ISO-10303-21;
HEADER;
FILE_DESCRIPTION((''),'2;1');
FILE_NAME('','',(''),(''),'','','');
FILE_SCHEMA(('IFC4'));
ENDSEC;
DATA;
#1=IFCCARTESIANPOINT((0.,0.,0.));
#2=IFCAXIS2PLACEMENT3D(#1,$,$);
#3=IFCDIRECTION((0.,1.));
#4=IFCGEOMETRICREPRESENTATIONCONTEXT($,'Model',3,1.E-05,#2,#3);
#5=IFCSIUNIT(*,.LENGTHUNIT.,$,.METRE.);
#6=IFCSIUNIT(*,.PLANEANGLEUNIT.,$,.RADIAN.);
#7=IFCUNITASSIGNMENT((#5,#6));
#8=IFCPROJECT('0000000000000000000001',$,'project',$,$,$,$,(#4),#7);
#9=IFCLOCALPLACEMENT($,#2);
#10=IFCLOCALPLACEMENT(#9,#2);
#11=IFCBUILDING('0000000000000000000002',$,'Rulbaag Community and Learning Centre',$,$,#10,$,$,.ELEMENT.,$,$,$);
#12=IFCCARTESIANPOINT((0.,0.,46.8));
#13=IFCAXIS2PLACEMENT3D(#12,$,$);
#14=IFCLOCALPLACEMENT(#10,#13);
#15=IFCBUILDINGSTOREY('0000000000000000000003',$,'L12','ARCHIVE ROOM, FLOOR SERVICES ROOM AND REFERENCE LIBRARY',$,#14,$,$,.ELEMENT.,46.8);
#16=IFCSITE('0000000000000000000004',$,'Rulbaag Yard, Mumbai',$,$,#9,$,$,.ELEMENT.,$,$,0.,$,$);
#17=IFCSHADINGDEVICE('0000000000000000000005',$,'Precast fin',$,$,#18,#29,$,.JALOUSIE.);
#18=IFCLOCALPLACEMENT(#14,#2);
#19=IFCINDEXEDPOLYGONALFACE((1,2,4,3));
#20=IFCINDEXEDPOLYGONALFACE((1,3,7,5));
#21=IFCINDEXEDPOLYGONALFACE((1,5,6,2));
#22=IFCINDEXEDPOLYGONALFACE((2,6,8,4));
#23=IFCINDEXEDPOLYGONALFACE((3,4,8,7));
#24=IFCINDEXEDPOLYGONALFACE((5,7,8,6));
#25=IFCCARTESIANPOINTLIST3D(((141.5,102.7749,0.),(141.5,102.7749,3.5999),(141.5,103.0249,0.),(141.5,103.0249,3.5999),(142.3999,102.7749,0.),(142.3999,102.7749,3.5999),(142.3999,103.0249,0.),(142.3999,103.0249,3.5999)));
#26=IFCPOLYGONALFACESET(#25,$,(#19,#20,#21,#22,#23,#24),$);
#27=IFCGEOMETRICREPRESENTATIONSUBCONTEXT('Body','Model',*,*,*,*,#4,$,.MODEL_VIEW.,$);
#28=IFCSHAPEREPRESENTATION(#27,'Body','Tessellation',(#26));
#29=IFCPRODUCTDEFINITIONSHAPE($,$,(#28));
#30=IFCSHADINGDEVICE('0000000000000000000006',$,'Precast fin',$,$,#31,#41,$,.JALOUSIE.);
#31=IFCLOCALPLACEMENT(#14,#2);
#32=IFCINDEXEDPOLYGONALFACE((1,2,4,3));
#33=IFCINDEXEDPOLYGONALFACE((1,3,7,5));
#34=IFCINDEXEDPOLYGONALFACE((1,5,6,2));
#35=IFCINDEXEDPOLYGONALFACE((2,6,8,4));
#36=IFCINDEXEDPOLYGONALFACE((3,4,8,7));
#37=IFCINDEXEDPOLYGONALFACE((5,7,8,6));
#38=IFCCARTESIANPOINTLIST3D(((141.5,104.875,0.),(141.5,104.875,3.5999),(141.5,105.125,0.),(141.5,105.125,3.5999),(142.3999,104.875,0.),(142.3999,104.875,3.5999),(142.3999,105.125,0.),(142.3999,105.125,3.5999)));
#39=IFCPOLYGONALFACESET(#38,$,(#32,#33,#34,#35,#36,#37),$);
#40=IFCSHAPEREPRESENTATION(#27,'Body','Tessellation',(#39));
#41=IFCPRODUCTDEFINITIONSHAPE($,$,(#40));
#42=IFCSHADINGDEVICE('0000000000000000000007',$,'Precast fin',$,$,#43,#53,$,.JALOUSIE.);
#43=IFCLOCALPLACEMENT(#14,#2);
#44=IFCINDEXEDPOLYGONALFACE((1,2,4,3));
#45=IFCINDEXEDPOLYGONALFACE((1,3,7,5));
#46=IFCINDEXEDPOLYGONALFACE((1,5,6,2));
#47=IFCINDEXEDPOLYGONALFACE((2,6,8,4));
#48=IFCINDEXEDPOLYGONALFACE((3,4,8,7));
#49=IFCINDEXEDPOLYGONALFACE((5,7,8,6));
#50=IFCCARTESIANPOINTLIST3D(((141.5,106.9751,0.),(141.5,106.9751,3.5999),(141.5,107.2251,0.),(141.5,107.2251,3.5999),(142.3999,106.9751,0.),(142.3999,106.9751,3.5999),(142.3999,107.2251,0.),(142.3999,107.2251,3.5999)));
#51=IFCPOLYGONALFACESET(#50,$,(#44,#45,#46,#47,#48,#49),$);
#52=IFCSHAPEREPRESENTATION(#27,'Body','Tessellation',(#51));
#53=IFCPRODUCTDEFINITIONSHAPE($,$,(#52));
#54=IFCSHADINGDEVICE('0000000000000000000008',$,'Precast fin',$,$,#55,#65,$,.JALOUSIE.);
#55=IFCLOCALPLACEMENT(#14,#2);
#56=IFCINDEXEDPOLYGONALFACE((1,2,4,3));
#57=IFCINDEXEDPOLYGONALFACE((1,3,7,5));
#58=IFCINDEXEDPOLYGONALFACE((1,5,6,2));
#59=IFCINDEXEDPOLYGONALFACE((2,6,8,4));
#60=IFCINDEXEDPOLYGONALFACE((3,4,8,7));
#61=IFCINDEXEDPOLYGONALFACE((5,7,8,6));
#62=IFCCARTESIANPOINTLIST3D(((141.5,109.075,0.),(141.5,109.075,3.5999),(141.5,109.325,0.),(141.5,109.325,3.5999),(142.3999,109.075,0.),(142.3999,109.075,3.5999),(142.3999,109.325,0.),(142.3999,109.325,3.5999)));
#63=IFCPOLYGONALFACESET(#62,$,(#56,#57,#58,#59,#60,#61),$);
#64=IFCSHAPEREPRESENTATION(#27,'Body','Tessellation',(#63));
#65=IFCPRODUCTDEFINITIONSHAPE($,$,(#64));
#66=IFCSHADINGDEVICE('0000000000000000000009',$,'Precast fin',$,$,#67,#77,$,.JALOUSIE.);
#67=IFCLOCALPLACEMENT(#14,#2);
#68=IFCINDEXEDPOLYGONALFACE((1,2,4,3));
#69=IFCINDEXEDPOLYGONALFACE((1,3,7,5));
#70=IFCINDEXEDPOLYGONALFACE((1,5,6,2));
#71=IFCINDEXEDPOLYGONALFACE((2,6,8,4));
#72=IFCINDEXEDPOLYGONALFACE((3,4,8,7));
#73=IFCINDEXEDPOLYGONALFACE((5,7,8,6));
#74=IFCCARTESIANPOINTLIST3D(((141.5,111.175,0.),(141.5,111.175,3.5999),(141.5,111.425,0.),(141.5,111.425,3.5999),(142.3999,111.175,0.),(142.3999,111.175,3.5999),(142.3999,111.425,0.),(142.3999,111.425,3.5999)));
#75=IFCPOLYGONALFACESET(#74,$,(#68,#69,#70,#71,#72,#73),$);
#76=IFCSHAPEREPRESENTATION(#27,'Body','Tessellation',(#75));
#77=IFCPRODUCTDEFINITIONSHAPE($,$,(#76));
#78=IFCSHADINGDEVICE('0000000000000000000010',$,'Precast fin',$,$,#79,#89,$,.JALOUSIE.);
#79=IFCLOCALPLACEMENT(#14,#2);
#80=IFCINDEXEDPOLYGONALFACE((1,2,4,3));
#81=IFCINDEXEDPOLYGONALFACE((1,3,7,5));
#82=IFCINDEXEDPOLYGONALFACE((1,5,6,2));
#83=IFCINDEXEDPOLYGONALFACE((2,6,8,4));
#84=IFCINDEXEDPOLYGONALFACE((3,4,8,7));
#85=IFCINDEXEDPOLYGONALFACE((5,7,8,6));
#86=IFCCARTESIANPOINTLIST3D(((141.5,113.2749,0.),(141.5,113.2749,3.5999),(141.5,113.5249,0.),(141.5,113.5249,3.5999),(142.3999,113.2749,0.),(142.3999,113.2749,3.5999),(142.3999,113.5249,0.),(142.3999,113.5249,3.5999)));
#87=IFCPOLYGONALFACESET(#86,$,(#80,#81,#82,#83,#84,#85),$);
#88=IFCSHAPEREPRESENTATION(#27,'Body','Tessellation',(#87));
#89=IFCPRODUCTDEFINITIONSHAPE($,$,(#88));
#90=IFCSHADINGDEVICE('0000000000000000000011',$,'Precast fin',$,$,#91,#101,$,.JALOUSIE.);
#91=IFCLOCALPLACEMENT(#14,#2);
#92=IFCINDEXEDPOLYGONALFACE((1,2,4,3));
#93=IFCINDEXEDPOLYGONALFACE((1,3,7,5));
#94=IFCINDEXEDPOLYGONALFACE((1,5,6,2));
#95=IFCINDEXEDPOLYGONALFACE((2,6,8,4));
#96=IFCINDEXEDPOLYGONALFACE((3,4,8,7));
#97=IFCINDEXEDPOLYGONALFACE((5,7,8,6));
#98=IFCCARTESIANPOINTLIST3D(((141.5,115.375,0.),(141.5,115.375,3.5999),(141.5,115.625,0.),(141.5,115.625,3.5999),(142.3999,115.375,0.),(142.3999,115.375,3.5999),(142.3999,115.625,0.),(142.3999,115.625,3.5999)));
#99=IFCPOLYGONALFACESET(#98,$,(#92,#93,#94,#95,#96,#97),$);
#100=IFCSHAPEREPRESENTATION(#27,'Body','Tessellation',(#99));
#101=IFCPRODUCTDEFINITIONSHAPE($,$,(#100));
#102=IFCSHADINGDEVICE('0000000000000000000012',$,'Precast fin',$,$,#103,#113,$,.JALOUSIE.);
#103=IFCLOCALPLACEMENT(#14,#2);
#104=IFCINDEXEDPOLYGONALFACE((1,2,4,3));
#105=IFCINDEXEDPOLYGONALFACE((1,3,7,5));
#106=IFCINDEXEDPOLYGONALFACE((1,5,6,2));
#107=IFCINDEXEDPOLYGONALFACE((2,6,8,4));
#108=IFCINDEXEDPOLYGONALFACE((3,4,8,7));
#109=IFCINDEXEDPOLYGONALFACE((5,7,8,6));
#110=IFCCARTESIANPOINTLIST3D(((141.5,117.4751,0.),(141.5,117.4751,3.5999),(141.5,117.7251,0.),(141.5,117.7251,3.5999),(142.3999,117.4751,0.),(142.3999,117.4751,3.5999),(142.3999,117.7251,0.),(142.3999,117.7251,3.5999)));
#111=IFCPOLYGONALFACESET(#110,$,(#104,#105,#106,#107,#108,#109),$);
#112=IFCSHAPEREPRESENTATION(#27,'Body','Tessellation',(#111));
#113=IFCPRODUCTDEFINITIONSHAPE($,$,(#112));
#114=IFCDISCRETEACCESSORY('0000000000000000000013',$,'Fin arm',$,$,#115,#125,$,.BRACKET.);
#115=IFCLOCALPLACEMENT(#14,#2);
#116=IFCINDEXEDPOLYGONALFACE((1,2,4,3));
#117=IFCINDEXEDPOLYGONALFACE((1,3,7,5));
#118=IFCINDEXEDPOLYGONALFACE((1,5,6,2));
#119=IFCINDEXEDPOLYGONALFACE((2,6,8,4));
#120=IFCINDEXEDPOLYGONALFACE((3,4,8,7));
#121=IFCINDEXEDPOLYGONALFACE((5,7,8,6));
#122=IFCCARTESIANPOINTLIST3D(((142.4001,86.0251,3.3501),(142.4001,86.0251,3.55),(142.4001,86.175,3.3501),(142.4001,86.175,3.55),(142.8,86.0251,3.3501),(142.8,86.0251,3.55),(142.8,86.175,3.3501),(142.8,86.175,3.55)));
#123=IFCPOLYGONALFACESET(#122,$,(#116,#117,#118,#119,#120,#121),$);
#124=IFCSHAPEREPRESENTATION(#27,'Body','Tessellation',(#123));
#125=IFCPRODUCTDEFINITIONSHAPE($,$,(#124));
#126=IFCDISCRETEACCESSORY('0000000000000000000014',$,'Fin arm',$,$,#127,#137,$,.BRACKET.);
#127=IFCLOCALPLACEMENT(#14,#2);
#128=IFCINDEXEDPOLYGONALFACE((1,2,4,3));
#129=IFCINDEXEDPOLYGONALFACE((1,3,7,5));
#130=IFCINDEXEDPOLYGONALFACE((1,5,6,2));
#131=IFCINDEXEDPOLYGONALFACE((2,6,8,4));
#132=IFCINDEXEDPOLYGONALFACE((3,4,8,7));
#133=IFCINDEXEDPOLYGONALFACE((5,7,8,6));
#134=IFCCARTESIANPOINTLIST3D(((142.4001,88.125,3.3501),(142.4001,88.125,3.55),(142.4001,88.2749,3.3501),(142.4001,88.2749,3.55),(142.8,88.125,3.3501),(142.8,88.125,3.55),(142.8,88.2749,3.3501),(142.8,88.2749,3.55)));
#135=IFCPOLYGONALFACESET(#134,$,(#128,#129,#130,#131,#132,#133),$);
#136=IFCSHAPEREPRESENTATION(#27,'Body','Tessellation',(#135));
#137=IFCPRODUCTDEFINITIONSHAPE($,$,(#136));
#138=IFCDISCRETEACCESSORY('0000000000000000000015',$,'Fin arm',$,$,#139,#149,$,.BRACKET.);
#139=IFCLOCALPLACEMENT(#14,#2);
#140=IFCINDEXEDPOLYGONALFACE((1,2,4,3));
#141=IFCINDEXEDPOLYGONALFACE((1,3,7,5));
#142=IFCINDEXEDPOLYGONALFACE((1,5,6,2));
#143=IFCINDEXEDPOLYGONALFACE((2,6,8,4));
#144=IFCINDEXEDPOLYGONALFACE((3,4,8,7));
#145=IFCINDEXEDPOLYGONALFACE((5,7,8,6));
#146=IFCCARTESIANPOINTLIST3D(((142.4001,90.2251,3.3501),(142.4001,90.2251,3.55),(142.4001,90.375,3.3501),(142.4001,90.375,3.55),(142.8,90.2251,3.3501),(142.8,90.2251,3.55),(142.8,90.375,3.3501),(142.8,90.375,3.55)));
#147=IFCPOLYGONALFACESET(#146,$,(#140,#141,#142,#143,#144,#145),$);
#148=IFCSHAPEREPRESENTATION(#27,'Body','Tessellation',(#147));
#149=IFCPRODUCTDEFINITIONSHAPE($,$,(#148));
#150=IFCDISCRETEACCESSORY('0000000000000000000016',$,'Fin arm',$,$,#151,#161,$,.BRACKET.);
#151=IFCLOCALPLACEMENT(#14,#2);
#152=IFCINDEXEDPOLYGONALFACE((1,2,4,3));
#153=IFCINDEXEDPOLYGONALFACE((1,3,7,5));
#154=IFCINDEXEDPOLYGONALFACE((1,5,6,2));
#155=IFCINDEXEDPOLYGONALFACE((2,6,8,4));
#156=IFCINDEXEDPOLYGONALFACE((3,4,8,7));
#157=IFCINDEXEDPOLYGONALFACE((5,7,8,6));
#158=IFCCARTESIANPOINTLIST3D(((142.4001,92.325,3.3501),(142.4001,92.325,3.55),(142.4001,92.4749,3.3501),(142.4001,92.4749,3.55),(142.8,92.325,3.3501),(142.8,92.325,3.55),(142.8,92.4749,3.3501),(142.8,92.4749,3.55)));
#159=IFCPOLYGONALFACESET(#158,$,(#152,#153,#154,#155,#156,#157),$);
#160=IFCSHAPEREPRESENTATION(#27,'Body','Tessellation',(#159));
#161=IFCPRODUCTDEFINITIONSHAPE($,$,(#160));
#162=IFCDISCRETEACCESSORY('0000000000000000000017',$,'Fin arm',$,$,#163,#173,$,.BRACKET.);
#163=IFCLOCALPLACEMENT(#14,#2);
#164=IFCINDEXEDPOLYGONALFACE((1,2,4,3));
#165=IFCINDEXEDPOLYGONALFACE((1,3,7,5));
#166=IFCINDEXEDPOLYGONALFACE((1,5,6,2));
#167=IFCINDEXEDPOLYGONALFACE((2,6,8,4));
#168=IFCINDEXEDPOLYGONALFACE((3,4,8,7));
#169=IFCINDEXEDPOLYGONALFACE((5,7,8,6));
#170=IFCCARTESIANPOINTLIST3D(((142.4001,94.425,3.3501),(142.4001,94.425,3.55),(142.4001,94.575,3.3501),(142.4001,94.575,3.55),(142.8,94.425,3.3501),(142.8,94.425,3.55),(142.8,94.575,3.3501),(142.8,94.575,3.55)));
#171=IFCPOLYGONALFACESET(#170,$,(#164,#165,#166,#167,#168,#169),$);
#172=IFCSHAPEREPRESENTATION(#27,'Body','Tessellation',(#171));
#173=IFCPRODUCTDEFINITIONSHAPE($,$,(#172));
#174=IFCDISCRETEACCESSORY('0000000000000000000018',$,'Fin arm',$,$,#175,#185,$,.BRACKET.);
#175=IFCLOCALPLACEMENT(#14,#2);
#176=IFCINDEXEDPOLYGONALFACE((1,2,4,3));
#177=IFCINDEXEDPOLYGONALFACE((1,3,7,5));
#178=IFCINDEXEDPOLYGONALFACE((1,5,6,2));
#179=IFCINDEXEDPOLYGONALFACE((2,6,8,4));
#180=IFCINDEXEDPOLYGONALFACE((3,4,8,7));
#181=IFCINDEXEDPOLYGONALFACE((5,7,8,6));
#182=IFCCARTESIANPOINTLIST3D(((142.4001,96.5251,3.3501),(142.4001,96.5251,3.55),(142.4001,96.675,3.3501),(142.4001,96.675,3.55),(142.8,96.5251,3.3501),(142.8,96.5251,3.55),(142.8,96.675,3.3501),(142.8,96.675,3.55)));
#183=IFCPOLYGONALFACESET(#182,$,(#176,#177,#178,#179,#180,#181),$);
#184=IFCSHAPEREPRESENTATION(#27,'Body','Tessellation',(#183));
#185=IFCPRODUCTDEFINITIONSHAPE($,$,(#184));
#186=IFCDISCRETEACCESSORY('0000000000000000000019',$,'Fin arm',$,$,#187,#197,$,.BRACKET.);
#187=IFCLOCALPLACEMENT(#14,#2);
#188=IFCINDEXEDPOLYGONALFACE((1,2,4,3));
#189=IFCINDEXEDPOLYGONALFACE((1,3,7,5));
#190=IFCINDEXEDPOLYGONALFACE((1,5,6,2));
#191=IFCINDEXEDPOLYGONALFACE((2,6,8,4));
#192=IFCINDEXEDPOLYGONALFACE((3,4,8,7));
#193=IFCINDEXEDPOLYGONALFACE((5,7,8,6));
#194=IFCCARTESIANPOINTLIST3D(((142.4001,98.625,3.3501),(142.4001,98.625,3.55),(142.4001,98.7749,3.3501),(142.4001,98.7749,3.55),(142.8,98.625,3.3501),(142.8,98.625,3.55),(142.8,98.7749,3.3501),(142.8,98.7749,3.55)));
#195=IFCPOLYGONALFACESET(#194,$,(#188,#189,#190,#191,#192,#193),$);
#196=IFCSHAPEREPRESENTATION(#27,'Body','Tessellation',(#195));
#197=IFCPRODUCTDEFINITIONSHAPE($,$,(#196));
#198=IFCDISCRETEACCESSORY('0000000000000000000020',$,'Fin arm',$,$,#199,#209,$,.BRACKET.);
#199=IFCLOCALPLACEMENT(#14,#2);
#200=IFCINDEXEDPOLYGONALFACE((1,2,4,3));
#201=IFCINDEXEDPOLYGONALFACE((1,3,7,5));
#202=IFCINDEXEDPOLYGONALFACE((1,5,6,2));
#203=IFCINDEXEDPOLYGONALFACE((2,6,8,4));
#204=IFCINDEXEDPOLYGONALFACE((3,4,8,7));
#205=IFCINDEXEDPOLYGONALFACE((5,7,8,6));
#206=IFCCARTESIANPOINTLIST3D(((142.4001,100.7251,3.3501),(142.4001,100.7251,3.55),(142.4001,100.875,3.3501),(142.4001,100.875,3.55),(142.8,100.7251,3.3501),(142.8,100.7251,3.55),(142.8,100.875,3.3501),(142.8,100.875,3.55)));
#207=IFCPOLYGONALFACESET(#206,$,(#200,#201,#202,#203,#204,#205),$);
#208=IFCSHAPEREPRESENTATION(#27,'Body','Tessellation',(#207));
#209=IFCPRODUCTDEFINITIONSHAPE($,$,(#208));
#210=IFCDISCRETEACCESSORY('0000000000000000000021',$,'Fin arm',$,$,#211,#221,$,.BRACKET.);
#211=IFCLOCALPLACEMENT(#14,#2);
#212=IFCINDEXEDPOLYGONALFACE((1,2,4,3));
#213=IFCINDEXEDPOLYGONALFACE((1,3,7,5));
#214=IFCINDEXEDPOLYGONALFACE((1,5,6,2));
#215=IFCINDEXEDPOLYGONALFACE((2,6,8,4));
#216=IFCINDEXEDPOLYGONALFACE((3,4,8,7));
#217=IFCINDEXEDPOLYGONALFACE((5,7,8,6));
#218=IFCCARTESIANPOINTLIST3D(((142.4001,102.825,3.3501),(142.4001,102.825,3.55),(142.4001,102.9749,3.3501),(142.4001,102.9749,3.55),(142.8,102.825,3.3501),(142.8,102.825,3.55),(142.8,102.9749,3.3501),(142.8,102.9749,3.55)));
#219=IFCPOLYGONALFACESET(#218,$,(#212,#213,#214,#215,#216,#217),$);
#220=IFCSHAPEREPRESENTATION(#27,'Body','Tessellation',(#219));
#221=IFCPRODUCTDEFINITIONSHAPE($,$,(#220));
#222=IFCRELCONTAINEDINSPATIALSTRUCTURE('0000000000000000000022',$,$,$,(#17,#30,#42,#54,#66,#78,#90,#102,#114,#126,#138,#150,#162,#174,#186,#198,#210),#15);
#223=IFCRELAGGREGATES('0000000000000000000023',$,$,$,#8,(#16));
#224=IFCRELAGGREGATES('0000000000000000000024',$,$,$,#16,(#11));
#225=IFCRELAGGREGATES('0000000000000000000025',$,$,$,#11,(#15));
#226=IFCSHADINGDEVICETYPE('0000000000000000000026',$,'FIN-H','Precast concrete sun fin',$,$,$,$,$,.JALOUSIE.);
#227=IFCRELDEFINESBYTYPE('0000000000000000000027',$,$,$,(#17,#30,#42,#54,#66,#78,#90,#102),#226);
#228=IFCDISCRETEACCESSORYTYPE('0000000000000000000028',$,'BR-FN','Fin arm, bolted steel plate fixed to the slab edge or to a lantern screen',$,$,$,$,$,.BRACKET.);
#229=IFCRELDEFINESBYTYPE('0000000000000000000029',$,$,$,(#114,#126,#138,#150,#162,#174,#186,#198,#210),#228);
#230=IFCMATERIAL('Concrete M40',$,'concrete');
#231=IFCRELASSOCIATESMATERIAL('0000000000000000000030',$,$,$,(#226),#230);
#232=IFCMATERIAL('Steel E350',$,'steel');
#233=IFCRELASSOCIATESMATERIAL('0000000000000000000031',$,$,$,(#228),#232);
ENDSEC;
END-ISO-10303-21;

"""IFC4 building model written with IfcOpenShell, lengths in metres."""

from ifc_helpers import new_model, si_unit, direction, frame, origin, origin_2d, place, context, subcontext, project, spatial, rectangle, extrude, material, material_profile, profile_set, type_object, element, save


model = new_model("IFC4")

# Units and contexts
model_context = context("Model", 3, precision=1e-05, world=origin(), true_north=direction((0.0, 1.0)))
body_context = subcontext(model_context, "Body", "Model", "MODEL_VIEW")
ifc_project = project(units=[si_unit("LENGTHUNIT", "METRE"), si_unit("PLANEANGLEUNIT", "RADIAN")], contexts=[model_context])

# Site, building, storey
site_placement = place(None, origin())
site = spatial("IfcSite", under=ifc_project, at=site_placement, Name="Rulbaag Yard, Mumbai", CompositionType="ELEMENT", RefElevation=0.0)
building_placement = place(site_placement, origin())
building = spatial("IfcBuilding", under=site, at=building_placement, Name="Rulbaag Community and Learning Centre", CompositionType="ELEMENT")
storey_placement = place(building_placement, frame((0.0, 0.0, 46.8)))
storey = spatial("IfcBuildingStorey", under=building, at=storey_placement, Name="L12", Description="ARCHIVE ROOM, FLOOR SERVICES ROOM AND REFERENCE LIBRARY", CompositionType="ELEMENT", Elevation=46.8)

# Shared definitions
ifc_material_1 = material(Name="Concrete M40", Category="concrete")

# Shading devices
ifc_material_profile = material_profile(ifc_material_1, rectangle(XDim=0.25, YDim=0.8999, at=origin_2d()), Name="PC 250x900")
ifc_profile_set = profile_set([ifc_material_profile], Name="Concrete M40")
shading_device_type = type_object("IfcShadingDeviceType", Name="FIN-H", Description="Precast concrete sun fin", PredefinedType="JALOUSIE", material=ifc_profile_set)
for number, where, z_axis, x_axis, name in (
    (1, (141.95, 102.8999, 0.0), (0.0, 0.0, 1.0), (0.0, 1.0, 0.0), "Precast fin"),
    (2, (141.95, 105.0, 0.0), (0.0, 0.0, 1.0), (0.0, 1.0, 0.0), "Precast fin"),
    (3, (141.95, 107.1001, 0.0), (0.0, 0.0, 1.0), (0.0, 1.0, 0.0), "Precast fin"),
    (4, (141.95, 109.2, 0.0), (0.0, 0.0, 1.0), (0.0, 1.0, 0.0), "Precast fin"),
    (5, (141.95, 111.3, 0.0), (0.0, 0.0, 1.0), (0.0, 1.0, 0.0), "Precast fin"),
    (6, (141.95, 113.3999, 0.0), (0.0, 0.0, 1.0), (0.0, 1.0, 0.0), "Precast fin"),
    (7, (141.95, 115.5, 0.0), (0.0, 0.0, 1.0), (0.0, 1.0, 0.0), "Precast fin"),
    (8, (141.95, 117.6001, 0.0), (0.0, 0.0, 1.0), (0.0, 1.0, 0.0), "Precast fin"),
):
    element("IfcShadingDevice", number, at=place(storey_placement, frame(where, z_axis=z_axis, x_axis=x_axis)), inside=storey, type_object=shading_device_type, Name=name, PredefinedType="JALOUSIE", context=body_context, shape_type="SweptSolid", body=[
        extrude(rectangle(XDim=0.25, YDim=0.8999, at=origin_2d()), origin(), (0.0, 0.0, 1.0), 3.5999),
    ])

# Discrete accessories
ifc_material_2 = material(Name="Steel E350", Category="steel")
discrete_accessory_type = type_object("IfcDiscreteAccessoryType", Name="BR-FN", Description="Fin arm, bolted steel plate fixed to the slab edge or to a lantern screen", PredefinedType="BRACKET", material=ifc_material_2)
for number, where, z_axis, x_axis, name in (
    (9, (142.6001, 86.1001, 3.3501), (0.0, 0.0, 1.0), (1.0, 0.0, 0.0), "Fin arm"),
    (10, (142.6001, 88.2, 3.3501), (0.0, 0.0, 1.0), (1.0, 0.0, 0.0), "Fin arm"),
    (11, (142.6001, 90.3, 3.3501), (0.0, 0.0, 1.0), (1.0, 0.0, 0.0), "Fin arm"),
    (12, (142.6001, 92.3999, 3.3501), (0.0, 0.0, 1.0), (1.0, 0.0, 0.0), "Fin arm"),
    (13, (142.6001, 94.5, 3.3501), (0.0, 0.0, 1.0), (1.0, 0.0, 0.0), "Fin arm"),
    (14, (142.6001, 96.6001, 3.3501), (0.0, 0.0, 1.0), (1.0, 0.0, 0.0), "Fin arm"),
    (15, (142.6001, 98.7, 3.3501), (0.0, 0.0, 1.0), (1.0, 0.0, 0.0), "Fin arm"),
    (16, (142.6001, 100.8, 3.3501), (0.0, 0.0, 1.0), (1.0, 0.0, 0.0), "Fin arm"),
    (17, (142.6001, 102.8999, 3.3501), (0.0, 0.0, 1.0), (1.0, 0.0, 0.0), "Fin arm"),
):
    element("IfcDiscreteAccessory", number, at=place(storey_placement, frame(where, z_axis=z_axis, x_axis=x_axis)), inside=storey, type_object=discrete_accessory_type, Name=name, PredefinedType="BRACKET", context=body_context, shape_type="SweptSolid", body=[
        extrude(rectangle(XDim=0.3999, YDim=0.1499, at=origin_2d()), origin(), (0.0, 0.0, 1.0), 0.2),
    ])

save(model, "model.ifc")
